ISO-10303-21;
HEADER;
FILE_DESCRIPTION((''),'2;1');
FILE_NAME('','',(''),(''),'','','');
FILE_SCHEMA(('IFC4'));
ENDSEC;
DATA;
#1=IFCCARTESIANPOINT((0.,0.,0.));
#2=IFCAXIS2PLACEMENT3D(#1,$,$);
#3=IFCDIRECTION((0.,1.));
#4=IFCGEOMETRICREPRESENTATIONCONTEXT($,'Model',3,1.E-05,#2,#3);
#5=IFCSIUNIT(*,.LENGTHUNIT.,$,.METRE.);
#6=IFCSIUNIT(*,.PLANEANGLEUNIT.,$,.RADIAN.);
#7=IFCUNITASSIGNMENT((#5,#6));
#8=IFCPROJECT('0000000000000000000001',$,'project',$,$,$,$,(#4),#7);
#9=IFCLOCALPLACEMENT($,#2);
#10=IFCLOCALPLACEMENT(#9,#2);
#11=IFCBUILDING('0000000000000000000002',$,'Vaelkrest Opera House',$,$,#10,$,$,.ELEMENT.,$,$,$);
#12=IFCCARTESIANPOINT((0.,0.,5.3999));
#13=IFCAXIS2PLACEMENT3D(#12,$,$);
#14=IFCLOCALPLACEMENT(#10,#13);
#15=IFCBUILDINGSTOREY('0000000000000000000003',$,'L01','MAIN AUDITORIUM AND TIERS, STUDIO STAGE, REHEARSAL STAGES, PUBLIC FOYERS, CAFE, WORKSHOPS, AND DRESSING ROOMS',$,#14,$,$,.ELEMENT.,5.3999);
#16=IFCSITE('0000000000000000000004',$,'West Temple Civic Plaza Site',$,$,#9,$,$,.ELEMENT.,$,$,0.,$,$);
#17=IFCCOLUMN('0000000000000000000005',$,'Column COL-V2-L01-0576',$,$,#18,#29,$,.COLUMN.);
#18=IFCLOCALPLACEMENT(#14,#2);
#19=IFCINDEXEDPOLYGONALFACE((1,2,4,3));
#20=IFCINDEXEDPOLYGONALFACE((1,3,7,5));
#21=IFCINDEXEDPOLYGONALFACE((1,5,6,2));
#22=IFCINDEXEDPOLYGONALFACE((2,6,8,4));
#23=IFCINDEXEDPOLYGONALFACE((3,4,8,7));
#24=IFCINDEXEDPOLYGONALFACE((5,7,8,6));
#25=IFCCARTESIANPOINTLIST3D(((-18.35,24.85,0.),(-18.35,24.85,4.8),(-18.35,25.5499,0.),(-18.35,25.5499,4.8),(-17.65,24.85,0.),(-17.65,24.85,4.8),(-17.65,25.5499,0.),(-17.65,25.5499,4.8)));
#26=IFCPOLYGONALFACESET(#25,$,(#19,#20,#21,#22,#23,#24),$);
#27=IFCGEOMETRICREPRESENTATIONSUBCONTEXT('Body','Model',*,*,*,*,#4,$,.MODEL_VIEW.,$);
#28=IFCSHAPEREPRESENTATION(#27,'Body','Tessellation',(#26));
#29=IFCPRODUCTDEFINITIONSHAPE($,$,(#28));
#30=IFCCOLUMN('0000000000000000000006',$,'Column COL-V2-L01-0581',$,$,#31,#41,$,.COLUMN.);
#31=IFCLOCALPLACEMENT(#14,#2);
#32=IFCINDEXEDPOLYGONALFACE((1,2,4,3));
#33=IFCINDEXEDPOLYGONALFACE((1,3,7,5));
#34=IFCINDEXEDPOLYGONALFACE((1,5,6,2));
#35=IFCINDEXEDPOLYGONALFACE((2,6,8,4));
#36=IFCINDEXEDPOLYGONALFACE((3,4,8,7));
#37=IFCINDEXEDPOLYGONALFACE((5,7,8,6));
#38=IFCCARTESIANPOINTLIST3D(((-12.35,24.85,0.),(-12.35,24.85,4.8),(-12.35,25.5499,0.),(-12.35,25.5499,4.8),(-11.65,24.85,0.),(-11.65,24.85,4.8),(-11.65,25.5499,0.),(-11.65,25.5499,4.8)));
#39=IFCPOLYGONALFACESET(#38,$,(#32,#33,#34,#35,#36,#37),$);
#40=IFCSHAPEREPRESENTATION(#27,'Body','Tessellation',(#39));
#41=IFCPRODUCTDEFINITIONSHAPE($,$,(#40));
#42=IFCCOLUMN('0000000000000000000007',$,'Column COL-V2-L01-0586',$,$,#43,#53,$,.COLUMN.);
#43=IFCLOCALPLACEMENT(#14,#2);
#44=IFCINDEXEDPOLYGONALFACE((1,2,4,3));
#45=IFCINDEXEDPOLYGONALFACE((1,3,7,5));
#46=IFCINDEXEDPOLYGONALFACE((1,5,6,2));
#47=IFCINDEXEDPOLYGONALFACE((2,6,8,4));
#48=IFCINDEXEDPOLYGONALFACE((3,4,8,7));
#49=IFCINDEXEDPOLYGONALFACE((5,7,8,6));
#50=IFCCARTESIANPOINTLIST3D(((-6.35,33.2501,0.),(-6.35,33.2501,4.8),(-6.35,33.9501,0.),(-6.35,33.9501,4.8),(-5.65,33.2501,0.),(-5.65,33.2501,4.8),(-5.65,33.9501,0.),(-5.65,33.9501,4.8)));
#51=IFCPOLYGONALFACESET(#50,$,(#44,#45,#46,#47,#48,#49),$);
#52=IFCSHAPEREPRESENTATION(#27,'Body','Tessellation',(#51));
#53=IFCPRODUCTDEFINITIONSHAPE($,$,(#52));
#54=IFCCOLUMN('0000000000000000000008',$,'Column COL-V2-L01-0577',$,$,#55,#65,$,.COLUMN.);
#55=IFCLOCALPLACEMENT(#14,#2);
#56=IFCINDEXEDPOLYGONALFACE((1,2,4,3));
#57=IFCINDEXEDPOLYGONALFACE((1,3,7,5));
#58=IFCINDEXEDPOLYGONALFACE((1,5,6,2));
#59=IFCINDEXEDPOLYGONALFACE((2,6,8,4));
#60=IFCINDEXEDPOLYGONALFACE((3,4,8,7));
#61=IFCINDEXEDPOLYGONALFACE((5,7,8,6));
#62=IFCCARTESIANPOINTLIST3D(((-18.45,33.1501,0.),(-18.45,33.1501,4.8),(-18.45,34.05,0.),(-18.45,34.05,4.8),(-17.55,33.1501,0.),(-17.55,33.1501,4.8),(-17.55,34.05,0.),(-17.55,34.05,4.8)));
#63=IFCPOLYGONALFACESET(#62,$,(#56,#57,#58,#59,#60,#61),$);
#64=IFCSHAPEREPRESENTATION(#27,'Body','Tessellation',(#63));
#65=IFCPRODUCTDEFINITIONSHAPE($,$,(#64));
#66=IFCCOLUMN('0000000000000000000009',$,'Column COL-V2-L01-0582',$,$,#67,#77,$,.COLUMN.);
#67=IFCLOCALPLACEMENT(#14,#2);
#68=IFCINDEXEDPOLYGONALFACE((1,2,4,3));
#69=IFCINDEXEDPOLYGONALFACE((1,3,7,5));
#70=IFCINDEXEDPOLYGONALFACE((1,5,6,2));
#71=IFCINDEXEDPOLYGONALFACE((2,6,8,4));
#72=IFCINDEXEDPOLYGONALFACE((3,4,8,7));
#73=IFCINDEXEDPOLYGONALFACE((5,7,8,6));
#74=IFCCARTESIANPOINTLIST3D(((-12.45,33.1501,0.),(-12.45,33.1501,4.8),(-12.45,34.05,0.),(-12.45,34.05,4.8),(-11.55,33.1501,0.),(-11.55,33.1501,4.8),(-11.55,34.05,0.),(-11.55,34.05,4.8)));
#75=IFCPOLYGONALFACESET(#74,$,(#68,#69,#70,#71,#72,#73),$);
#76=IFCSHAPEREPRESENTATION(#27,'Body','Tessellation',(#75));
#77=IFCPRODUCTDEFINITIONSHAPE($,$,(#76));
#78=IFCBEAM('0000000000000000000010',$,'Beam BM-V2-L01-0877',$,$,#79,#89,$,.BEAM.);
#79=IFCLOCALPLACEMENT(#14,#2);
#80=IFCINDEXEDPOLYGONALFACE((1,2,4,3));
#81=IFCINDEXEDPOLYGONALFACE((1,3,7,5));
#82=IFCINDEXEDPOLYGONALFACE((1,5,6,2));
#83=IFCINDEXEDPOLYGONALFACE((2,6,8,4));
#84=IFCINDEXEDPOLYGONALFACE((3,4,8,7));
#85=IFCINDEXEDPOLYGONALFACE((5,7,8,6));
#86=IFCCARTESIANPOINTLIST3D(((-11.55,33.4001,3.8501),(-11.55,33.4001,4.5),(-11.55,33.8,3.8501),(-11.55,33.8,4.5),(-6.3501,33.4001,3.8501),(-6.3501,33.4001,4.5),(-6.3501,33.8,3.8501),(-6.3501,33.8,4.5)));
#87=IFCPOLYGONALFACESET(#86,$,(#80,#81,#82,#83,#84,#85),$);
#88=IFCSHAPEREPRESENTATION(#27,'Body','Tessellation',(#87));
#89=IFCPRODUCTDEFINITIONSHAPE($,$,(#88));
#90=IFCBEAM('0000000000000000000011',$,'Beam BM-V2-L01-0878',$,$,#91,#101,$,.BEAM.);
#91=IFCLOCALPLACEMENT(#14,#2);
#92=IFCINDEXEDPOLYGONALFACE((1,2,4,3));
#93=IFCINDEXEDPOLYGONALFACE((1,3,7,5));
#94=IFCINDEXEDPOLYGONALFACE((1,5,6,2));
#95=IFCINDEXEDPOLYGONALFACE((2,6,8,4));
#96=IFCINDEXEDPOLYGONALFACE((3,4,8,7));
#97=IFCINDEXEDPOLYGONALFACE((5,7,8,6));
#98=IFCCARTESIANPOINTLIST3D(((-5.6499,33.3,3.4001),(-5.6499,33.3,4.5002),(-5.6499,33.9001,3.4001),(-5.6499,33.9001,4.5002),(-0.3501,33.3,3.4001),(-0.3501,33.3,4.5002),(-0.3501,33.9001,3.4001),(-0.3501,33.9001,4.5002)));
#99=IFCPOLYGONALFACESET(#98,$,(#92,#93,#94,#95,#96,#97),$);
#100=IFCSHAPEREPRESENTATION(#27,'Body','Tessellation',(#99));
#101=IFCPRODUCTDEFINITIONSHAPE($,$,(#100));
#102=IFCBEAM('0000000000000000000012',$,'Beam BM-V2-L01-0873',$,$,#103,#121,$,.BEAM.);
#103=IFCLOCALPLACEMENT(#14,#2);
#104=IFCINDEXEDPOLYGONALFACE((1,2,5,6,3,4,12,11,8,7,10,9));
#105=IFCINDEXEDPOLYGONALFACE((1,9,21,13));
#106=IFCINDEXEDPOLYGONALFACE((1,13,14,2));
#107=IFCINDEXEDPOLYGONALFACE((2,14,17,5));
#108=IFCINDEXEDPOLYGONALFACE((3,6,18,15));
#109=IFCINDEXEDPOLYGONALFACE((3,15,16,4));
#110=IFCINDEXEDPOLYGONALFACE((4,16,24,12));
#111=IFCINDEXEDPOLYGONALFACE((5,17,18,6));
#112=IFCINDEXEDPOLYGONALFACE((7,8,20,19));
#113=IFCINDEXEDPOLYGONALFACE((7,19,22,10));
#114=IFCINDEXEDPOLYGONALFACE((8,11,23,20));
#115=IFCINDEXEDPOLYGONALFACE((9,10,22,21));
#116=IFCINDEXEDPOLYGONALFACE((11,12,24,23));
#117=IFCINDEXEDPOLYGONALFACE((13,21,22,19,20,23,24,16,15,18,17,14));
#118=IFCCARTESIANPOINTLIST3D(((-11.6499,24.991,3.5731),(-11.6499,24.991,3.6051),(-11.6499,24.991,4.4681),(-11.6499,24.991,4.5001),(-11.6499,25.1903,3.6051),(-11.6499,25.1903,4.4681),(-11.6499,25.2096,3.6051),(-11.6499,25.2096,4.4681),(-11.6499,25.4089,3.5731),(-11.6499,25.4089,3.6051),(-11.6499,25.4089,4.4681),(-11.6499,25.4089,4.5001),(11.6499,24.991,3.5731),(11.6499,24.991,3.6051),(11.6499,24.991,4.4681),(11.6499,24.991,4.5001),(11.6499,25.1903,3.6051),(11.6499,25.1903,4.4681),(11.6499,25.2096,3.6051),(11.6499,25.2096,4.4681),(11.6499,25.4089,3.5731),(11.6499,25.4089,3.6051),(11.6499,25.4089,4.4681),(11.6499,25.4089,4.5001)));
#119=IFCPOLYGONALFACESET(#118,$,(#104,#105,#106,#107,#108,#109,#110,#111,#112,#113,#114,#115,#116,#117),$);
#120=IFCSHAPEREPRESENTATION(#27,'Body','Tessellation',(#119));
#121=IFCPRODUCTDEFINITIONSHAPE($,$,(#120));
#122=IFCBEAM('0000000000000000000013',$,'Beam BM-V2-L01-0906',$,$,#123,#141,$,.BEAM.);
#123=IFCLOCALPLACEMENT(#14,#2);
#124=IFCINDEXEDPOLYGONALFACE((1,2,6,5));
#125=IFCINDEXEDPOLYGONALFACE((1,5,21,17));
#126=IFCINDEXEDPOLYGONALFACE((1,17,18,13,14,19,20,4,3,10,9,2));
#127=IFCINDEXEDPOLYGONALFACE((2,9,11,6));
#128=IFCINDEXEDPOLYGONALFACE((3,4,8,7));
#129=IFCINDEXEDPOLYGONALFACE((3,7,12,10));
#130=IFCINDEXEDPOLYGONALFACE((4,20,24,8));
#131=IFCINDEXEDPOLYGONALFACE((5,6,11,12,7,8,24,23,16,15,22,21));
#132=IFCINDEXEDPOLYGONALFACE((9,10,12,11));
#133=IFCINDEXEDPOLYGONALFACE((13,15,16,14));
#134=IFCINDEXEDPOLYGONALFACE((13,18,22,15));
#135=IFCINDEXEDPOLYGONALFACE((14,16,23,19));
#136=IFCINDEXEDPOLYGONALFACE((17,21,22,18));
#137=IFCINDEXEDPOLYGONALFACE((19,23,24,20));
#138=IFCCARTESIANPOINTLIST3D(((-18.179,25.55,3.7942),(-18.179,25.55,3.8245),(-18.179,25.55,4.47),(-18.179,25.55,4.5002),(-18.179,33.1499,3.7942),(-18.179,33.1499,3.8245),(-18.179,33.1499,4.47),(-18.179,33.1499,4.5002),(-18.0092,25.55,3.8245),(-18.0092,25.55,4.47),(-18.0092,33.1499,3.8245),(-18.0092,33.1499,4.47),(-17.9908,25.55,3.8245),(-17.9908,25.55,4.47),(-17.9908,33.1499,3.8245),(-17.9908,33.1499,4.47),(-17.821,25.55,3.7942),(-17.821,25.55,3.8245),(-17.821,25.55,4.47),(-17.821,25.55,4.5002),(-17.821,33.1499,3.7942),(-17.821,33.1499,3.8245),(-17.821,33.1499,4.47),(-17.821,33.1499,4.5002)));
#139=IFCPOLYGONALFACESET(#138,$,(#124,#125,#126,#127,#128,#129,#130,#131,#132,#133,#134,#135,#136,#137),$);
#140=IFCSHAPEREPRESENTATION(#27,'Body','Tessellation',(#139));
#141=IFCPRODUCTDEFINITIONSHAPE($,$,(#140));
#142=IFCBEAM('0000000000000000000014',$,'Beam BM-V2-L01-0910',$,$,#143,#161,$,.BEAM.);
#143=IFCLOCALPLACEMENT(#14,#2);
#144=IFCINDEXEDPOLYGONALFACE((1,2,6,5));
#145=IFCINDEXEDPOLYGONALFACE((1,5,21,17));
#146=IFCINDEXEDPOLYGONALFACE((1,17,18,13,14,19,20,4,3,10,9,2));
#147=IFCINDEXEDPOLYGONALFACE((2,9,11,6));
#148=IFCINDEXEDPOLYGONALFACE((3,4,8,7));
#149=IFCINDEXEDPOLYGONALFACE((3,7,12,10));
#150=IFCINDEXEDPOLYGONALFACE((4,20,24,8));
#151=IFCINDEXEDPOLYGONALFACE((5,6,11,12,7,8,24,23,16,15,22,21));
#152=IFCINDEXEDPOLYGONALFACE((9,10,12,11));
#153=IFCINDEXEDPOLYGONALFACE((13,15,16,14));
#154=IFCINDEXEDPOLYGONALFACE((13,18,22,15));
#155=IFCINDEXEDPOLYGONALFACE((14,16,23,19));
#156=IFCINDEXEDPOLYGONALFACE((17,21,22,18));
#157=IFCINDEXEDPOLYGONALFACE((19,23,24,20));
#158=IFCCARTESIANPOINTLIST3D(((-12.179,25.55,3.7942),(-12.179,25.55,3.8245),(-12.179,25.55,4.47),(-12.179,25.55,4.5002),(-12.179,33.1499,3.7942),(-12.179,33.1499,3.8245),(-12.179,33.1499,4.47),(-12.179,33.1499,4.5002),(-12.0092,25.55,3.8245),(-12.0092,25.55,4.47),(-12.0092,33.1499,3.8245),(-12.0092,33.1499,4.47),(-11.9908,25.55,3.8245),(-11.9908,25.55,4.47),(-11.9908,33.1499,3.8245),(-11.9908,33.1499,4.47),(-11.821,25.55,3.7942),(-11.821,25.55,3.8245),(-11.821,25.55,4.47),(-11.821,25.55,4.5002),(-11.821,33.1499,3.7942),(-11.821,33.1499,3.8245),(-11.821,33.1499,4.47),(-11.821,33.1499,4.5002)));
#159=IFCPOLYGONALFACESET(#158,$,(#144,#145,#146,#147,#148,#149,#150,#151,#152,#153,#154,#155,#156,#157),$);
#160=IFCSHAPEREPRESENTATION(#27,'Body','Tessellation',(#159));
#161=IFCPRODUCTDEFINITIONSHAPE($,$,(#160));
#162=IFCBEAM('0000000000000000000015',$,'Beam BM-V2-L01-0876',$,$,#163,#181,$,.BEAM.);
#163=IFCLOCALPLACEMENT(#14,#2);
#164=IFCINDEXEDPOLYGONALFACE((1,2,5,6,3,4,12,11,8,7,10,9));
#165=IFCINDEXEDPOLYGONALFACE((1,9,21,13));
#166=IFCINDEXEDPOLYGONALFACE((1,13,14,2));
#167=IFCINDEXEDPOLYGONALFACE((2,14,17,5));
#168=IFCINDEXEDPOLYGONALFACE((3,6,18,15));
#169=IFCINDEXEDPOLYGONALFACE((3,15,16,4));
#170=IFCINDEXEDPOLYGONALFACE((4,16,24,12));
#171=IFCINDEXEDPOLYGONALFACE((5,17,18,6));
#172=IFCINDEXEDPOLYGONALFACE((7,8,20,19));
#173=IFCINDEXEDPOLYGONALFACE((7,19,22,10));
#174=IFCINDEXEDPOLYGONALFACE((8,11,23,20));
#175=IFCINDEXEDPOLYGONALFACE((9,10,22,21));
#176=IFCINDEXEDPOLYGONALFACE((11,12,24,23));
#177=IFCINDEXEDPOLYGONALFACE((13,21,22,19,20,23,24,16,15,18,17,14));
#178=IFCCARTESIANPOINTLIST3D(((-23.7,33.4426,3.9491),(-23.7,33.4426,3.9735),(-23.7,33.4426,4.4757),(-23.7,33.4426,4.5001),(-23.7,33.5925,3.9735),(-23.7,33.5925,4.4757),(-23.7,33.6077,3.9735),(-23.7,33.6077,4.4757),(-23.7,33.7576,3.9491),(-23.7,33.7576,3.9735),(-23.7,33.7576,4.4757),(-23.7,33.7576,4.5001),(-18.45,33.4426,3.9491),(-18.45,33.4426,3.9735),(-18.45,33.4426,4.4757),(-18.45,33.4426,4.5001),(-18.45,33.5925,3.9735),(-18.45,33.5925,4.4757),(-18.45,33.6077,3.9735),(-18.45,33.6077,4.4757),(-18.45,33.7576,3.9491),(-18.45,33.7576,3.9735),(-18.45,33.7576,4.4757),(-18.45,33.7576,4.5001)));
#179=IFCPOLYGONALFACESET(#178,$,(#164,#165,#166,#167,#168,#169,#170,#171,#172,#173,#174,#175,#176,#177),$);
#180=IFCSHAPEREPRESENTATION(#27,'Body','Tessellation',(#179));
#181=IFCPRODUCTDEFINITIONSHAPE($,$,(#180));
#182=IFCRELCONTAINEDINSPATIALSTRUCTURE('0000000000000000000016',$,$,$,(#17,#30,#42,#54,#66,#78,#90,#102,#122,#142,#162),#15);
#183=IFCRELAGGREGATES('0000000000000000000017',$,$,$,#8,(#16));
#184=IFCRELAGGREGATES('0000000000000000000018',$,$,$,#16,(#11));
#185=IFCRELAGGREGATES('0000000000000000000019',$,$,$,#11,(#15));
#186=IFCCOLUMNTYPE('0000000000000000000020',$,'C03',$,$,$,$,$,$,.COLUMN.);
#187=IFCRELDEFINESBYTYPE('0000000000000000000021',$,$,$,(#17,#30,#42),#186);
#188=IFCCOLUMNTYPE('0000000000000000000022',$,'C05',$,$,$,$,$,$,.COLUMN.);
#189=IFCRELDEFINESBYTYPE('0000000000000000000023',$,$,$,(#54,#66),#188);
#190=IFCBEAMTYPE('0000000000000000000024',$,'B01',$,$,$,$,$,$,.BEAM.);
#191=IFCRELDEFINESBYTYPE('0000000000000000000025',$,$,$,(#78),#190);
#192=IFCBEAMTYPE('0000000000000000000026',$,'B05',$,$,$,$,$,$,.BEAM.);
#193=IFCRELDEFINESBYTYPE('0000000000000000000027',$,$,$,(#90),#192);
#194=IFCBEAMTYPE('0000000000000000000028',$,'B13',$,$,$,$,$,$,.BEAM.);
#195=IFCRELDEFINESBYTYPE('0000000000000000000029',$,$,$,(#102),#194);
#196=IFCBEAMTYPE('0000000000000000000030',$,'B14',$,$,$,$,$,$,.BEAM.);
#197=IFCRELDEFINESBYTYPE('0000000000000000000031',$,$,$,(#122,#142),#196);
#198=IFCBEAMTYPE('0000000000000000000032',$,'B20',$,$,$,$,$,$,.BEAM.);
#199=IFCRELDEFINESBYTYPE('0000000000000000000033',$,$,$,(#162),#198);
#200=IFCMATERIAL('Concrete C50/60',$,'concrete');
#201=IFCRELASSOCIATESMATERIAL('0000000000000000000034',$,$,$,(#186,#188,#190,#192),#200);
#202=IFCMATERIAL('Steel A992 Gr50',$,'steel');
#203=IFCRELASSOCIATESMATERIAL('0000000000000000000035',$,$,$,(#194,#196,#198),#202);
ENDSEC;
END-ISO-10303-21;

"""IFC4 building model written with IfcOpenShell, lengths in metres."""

from ifc_helpers import new_model, si_unit, direction, frame, origin, origin_2d, place, context, subcontext, project, spatial, rectangle, i_section, extrude, material, material_profile, profile_set, type_object, element, save


model = new_model("IFC4")

# Units and contexts
model_context = context("Model", 3, precision=1e-05, world=origin(), true_north=direction((0.0, 1.0)))
body_context = subcontext(model_context, "Body", "Model", "MODEL_VIEW")
ifc_project = project(units=[si_unit("LENGTHUNIT", "METRE"), si_unit("PLANEANGLEUNIT", "RADIAN")], contexts=[model_context])

# Site, building, storey
site_placement = place(None, origin())
site = spatial("IfcSite", under=ifc_project, at=site_placement, Name="West Temple Civic Plaza Site", CompositionType="ELEMENT", RefElevation=0.0)
building_placement = place(site_placement, origin())
building = spatial("IfcBuilding", under=site, at=building_placement, Name="Vaelkrest Opera House", CompositionType="ELEMENT")
storey_placement = place(building_placement, frame((0.0, 0.0, 5.3999)))
storey = spatial("IfcBuildingStorey", under=building, at=storey_placement, Name="L01", Description="MAIN AUDITORIUM AND TIERS, STUDIO STAGE, REHEARSAL STAGES, PUBLIC FOYERS, CAFE, WORKSHOPS, AND DRESSING ROOMS", CompositionType="ELEMENT", Elevation=5.3999)

# Columns
ifc_material_1 = material(Name="Concrete C50/60", Category="concrete")
ifc_material_profile_1 = material_profile(ifc_material_1, rectangle(XDim=0.7, YDim=0.7, at=origin_2d()), Name="RC700X700")
ifc_profile_set_1 = profile_set([ifc_material_profile_1], Name="Concrete C50/60")
column_type_1 = type_object("IfcColumnType", Name="C03", PredefinedType="COLUMN", material=ifc_profile_set_1)
for number, where, z_axis, x_axis, name in (
    (1, (-18.0, 25.2, 0.0), (0.0, 0.0, 1.0), (1.0, 0.0, 0.0), "Column COL-V2-L01-0576"),
    (2, (-12.0, 25.2, 0.0), (0.0, 0.0, 1.0), (1.0, 0.0, 0.0), "Column COL-V2-L01-0581"),
    (3, (-6.0, 33.6001, 0.0), (0.0, 0.0, 1.0), (1.0, 0.0, 0.0), "Column COL-V2-L01-0586"),
):
    element("IfcColumn", number, at=place(storey_placement, frame(where, z_axis=z_axis, x_axis=x_axis)), inside=storey, type_object=column_type_1, Name=name, PredefinedType="COLUMN", context=body_context, shape_type="SweptSolid", body=[
        extrude(rectangle(XDim=0.7, YDim=0.7, at=origin_2d()), origin(), (0.0, 0.0, 1.0), 4.8),
    ])
ifc_material_profile_2 = material_profile(ifc_material_1, rectangle(XDim=0.8999, YDim=0.8999, at=origin_2d()), Name="RC900X900")
ifc_profile_set_2 = profile_set([ifc_material_profile_2], Name="Concrete C50/60")
column_type_2 = type_object("IfcColumnType", Name="C05", PredefinedType="COLUMN", material=ifc_profile_set_2)
for number, where, z_axis, x_axis, name in (
    (4, (-18.0, 33.6001, 0.0), (0.0, 0.0, 1.0), (1.0, 0.0, 0.0), "Column COL-V2-L01-0577"),
    (5, (-12.0, 33.6001, 0.0), (0.0, 0.0, 1.0), (1.0, 0.0, 0.0), "Column COL-V2-L01-0582"),
):
    element("IfcColumn", number, at=place(storey_placement, frame(where, z_axis=z_axis, x_axis=x_axis)), inside=storey, type_object=column_type_2, Name=name, PredefinedType="COLUMN", context=body_context, shape_type="SweptSolid", body=[
        extrude(rectangle(XDim=0.8999, YDim=0.8999, at=origin_2d()), origin(), (0.0, 0.0, 1.0), 4.8),
    ])

# Beams
ifc_material_profile_3 = material_profile(ifc_material_1, rectangle(XDim=0.3999, YDim=0.6499, at=origin_2d()), Name="RCB400X650")
ifc_profile_set_3 = profile_set([ifc_material_profile_3], Name="Concrete C50/60")
beam_type_1 = type_object("IfcBeamType", Name="B01", PredefinedType="BEAM", material=ifc_profile_set_3)
beam_1_placement = place(storey_placement, frame((-11.55, 33.6001, 4.175), z_axis=(1.0, 0.0, 0.0), x_axis=(0.0, 1.0, 0.0)))
element("IfcBeam", 6, at=beam_1_placement, inside=storey, type_object=beam_type_1, Name="Beam BM-V2-L01-0877", PredefinedType="BEAM", context=body_context, shape_type="SweptSolid", body=[
    extrude(rectangle(XDim=0.3999, YDim=0.6499, at=origin_2d()), origin(), (0.0, 0.0, 1.0), 5.2),
])
ifc_material_profile_4 = material_profile(ifc_material_1, rectangle(XDim=0.6001, YDim=1.1001, at=origin_2d()), Name="RCB600X1100")
ifc_profile_set_4 = profile_set([ifc_material_profile_4], Name="Concrete C50/60")
beam_type_2 = type_object("IfcBeamType", Name="B05", PredefinedType="BEAM", material=ifc_profile_set_4)
beam_2_placement = place(storey_placement, frame((-5.6499, 33.6001, 3.9502), z_axis=(1.0, 0.0, 0.0), x_axis=(0.0, 1.0, 0.0)))
element("IfcBeam", 7, at=beam_2_placement, inside=storey, type_object=beam_type_2, Name="Beam BM-V2-L01-0878", PredefinedType="BEAM", context=body_context, shape_type="SweptSolid", body=[
    extrude(rectangle(XDim=0.6001, YDim=1.1001, at=origin_2d()), origin(), (0.0, 0.0, 1.0), 5.2998),
])
ifc_material_2 = material(Name="Steel A992 Gr50", Category="steel")
ifc_material_profile_5 = material_profile(ifc_material_2, i_section(OverallWidth=0.418, OverallDepth=0.927, WebThickness=0.0193, FlangeThickness=0.032, at=origin_2d()), Name="W36X231")
ifc_profile_set_5 = profile_set([ifc_material_profile_5], Name="Steel A992 Gr50")
beam_type_3 = type_object("IfcBeamType", Name="B13", PredefinedType="BEAM", material=ifc_profile_set_5)
beam_3_placement = place(storey_placement, frame((-11.6499, 25.2, 4.0366), z_axis=(1.0, 0.0, 0.0), x_axis=(0.0, 1.0, 0.0)))
element("IfcBeam", 8, at=beam_3_placement, inside=storey, type_object=beam_type_3, Name="Beam BM-V2-L01-0873", PredefinedType="BEAM", context=body_context, shape_type="SweptSolid", body=[
    extrude(i_section(OverallWidth=0.418, OverallDepth=0.927, WebThickness=0.0193, FlangeThickness=0.032, at=origin_2d()), origin(), (0.0, 0.0, 1.0), 23.2998),
])
ifc_material_profile_6 = material_profile(ifc_material_2, i_section(OverallWidth=0.3579, OverallDepth=0.7061, WebThickness=0.0183, FlangeThickness=0.0303, at=origin_2d()), Name="W27X178")
ifc_profile_set_6 = profile_set([ifc_material_profile_6], Name="Steel A992 Gr50")
beam_type_4 = type_object("IfcBeamType", Name="B14", PredefinedType="BEAM", material=ifc_profile_set_6)
for number, where, z_axis, x_axis, name in (
    (9, (-18.0, 25.55, 4.1472), (0.0, 1.0, 0.0), (-1.0, 0.0, 0.0), "Beam BM-V2-L01-0906"),
    (10, (-12.0, 25.55, 4.1472), (0.0, 1.0, 0.0), (-1.0, 0.0, 0.0), "Beam BM-V2-L01-0910"),
):
    element("IfcBeam", number, at=place(storey_placement, frame(where, z_axis=z_axis, x_axis=x_axis)), inside=storey, type_object=beam_type_4, Name=name, PredefinedType="BEAM", context=body_context, shape_type="SweptSolid", body=[
        extrude(i_section(OverallWidth=0.3579, OverallDepth=0.7061, WebThickness=0.0183, FlangeThickness=0.0303, at=origin_2d()), origin(), (0.0, 0.0, 1.0), 7.5999),
    ])
ifc_material_profile_7 = material_profile(ifc_material_2, i_section(OverallWidth=0.3149, OverallDepth=0.551, WebThickness=0.0151, FlangeThickness=0.0244, at=origin_2d()), Name="W21X122")
ifc_profile_set_7 = profile_set([ifc_material_profile_7], Name="Steel A992 Gr50")
beam_type_5 = type_object("IfcBeamType", Name="B20", PredefinedType="BEAM", material=ifc_profile_set_7)
beam_4_placement = place(storey_placement, frame((-23.7, 33.6001, 4.2246), z_axis=(1.0, 0.0, 0.0), x_axis=(0.0, 1.0, 0.0)))
element("IfcBeam", 11, at=beam_4_placement, inside=storey, type_object=beam_type_5, Name="Beam BM-V2-L01-0876", PredefinedType="BEAM", context=body_context, shape_type="SweptSolid", body=[
    extrude(i_section(OverallWidth=0.3149, OverallDepth=0.551, WebThickness=0.0151, FlangeThickness=0.0244, at=origin_2d()), origin(), (0.0, 0.0, 1.0), 5.25),
])

save(model, "model.ifc")
